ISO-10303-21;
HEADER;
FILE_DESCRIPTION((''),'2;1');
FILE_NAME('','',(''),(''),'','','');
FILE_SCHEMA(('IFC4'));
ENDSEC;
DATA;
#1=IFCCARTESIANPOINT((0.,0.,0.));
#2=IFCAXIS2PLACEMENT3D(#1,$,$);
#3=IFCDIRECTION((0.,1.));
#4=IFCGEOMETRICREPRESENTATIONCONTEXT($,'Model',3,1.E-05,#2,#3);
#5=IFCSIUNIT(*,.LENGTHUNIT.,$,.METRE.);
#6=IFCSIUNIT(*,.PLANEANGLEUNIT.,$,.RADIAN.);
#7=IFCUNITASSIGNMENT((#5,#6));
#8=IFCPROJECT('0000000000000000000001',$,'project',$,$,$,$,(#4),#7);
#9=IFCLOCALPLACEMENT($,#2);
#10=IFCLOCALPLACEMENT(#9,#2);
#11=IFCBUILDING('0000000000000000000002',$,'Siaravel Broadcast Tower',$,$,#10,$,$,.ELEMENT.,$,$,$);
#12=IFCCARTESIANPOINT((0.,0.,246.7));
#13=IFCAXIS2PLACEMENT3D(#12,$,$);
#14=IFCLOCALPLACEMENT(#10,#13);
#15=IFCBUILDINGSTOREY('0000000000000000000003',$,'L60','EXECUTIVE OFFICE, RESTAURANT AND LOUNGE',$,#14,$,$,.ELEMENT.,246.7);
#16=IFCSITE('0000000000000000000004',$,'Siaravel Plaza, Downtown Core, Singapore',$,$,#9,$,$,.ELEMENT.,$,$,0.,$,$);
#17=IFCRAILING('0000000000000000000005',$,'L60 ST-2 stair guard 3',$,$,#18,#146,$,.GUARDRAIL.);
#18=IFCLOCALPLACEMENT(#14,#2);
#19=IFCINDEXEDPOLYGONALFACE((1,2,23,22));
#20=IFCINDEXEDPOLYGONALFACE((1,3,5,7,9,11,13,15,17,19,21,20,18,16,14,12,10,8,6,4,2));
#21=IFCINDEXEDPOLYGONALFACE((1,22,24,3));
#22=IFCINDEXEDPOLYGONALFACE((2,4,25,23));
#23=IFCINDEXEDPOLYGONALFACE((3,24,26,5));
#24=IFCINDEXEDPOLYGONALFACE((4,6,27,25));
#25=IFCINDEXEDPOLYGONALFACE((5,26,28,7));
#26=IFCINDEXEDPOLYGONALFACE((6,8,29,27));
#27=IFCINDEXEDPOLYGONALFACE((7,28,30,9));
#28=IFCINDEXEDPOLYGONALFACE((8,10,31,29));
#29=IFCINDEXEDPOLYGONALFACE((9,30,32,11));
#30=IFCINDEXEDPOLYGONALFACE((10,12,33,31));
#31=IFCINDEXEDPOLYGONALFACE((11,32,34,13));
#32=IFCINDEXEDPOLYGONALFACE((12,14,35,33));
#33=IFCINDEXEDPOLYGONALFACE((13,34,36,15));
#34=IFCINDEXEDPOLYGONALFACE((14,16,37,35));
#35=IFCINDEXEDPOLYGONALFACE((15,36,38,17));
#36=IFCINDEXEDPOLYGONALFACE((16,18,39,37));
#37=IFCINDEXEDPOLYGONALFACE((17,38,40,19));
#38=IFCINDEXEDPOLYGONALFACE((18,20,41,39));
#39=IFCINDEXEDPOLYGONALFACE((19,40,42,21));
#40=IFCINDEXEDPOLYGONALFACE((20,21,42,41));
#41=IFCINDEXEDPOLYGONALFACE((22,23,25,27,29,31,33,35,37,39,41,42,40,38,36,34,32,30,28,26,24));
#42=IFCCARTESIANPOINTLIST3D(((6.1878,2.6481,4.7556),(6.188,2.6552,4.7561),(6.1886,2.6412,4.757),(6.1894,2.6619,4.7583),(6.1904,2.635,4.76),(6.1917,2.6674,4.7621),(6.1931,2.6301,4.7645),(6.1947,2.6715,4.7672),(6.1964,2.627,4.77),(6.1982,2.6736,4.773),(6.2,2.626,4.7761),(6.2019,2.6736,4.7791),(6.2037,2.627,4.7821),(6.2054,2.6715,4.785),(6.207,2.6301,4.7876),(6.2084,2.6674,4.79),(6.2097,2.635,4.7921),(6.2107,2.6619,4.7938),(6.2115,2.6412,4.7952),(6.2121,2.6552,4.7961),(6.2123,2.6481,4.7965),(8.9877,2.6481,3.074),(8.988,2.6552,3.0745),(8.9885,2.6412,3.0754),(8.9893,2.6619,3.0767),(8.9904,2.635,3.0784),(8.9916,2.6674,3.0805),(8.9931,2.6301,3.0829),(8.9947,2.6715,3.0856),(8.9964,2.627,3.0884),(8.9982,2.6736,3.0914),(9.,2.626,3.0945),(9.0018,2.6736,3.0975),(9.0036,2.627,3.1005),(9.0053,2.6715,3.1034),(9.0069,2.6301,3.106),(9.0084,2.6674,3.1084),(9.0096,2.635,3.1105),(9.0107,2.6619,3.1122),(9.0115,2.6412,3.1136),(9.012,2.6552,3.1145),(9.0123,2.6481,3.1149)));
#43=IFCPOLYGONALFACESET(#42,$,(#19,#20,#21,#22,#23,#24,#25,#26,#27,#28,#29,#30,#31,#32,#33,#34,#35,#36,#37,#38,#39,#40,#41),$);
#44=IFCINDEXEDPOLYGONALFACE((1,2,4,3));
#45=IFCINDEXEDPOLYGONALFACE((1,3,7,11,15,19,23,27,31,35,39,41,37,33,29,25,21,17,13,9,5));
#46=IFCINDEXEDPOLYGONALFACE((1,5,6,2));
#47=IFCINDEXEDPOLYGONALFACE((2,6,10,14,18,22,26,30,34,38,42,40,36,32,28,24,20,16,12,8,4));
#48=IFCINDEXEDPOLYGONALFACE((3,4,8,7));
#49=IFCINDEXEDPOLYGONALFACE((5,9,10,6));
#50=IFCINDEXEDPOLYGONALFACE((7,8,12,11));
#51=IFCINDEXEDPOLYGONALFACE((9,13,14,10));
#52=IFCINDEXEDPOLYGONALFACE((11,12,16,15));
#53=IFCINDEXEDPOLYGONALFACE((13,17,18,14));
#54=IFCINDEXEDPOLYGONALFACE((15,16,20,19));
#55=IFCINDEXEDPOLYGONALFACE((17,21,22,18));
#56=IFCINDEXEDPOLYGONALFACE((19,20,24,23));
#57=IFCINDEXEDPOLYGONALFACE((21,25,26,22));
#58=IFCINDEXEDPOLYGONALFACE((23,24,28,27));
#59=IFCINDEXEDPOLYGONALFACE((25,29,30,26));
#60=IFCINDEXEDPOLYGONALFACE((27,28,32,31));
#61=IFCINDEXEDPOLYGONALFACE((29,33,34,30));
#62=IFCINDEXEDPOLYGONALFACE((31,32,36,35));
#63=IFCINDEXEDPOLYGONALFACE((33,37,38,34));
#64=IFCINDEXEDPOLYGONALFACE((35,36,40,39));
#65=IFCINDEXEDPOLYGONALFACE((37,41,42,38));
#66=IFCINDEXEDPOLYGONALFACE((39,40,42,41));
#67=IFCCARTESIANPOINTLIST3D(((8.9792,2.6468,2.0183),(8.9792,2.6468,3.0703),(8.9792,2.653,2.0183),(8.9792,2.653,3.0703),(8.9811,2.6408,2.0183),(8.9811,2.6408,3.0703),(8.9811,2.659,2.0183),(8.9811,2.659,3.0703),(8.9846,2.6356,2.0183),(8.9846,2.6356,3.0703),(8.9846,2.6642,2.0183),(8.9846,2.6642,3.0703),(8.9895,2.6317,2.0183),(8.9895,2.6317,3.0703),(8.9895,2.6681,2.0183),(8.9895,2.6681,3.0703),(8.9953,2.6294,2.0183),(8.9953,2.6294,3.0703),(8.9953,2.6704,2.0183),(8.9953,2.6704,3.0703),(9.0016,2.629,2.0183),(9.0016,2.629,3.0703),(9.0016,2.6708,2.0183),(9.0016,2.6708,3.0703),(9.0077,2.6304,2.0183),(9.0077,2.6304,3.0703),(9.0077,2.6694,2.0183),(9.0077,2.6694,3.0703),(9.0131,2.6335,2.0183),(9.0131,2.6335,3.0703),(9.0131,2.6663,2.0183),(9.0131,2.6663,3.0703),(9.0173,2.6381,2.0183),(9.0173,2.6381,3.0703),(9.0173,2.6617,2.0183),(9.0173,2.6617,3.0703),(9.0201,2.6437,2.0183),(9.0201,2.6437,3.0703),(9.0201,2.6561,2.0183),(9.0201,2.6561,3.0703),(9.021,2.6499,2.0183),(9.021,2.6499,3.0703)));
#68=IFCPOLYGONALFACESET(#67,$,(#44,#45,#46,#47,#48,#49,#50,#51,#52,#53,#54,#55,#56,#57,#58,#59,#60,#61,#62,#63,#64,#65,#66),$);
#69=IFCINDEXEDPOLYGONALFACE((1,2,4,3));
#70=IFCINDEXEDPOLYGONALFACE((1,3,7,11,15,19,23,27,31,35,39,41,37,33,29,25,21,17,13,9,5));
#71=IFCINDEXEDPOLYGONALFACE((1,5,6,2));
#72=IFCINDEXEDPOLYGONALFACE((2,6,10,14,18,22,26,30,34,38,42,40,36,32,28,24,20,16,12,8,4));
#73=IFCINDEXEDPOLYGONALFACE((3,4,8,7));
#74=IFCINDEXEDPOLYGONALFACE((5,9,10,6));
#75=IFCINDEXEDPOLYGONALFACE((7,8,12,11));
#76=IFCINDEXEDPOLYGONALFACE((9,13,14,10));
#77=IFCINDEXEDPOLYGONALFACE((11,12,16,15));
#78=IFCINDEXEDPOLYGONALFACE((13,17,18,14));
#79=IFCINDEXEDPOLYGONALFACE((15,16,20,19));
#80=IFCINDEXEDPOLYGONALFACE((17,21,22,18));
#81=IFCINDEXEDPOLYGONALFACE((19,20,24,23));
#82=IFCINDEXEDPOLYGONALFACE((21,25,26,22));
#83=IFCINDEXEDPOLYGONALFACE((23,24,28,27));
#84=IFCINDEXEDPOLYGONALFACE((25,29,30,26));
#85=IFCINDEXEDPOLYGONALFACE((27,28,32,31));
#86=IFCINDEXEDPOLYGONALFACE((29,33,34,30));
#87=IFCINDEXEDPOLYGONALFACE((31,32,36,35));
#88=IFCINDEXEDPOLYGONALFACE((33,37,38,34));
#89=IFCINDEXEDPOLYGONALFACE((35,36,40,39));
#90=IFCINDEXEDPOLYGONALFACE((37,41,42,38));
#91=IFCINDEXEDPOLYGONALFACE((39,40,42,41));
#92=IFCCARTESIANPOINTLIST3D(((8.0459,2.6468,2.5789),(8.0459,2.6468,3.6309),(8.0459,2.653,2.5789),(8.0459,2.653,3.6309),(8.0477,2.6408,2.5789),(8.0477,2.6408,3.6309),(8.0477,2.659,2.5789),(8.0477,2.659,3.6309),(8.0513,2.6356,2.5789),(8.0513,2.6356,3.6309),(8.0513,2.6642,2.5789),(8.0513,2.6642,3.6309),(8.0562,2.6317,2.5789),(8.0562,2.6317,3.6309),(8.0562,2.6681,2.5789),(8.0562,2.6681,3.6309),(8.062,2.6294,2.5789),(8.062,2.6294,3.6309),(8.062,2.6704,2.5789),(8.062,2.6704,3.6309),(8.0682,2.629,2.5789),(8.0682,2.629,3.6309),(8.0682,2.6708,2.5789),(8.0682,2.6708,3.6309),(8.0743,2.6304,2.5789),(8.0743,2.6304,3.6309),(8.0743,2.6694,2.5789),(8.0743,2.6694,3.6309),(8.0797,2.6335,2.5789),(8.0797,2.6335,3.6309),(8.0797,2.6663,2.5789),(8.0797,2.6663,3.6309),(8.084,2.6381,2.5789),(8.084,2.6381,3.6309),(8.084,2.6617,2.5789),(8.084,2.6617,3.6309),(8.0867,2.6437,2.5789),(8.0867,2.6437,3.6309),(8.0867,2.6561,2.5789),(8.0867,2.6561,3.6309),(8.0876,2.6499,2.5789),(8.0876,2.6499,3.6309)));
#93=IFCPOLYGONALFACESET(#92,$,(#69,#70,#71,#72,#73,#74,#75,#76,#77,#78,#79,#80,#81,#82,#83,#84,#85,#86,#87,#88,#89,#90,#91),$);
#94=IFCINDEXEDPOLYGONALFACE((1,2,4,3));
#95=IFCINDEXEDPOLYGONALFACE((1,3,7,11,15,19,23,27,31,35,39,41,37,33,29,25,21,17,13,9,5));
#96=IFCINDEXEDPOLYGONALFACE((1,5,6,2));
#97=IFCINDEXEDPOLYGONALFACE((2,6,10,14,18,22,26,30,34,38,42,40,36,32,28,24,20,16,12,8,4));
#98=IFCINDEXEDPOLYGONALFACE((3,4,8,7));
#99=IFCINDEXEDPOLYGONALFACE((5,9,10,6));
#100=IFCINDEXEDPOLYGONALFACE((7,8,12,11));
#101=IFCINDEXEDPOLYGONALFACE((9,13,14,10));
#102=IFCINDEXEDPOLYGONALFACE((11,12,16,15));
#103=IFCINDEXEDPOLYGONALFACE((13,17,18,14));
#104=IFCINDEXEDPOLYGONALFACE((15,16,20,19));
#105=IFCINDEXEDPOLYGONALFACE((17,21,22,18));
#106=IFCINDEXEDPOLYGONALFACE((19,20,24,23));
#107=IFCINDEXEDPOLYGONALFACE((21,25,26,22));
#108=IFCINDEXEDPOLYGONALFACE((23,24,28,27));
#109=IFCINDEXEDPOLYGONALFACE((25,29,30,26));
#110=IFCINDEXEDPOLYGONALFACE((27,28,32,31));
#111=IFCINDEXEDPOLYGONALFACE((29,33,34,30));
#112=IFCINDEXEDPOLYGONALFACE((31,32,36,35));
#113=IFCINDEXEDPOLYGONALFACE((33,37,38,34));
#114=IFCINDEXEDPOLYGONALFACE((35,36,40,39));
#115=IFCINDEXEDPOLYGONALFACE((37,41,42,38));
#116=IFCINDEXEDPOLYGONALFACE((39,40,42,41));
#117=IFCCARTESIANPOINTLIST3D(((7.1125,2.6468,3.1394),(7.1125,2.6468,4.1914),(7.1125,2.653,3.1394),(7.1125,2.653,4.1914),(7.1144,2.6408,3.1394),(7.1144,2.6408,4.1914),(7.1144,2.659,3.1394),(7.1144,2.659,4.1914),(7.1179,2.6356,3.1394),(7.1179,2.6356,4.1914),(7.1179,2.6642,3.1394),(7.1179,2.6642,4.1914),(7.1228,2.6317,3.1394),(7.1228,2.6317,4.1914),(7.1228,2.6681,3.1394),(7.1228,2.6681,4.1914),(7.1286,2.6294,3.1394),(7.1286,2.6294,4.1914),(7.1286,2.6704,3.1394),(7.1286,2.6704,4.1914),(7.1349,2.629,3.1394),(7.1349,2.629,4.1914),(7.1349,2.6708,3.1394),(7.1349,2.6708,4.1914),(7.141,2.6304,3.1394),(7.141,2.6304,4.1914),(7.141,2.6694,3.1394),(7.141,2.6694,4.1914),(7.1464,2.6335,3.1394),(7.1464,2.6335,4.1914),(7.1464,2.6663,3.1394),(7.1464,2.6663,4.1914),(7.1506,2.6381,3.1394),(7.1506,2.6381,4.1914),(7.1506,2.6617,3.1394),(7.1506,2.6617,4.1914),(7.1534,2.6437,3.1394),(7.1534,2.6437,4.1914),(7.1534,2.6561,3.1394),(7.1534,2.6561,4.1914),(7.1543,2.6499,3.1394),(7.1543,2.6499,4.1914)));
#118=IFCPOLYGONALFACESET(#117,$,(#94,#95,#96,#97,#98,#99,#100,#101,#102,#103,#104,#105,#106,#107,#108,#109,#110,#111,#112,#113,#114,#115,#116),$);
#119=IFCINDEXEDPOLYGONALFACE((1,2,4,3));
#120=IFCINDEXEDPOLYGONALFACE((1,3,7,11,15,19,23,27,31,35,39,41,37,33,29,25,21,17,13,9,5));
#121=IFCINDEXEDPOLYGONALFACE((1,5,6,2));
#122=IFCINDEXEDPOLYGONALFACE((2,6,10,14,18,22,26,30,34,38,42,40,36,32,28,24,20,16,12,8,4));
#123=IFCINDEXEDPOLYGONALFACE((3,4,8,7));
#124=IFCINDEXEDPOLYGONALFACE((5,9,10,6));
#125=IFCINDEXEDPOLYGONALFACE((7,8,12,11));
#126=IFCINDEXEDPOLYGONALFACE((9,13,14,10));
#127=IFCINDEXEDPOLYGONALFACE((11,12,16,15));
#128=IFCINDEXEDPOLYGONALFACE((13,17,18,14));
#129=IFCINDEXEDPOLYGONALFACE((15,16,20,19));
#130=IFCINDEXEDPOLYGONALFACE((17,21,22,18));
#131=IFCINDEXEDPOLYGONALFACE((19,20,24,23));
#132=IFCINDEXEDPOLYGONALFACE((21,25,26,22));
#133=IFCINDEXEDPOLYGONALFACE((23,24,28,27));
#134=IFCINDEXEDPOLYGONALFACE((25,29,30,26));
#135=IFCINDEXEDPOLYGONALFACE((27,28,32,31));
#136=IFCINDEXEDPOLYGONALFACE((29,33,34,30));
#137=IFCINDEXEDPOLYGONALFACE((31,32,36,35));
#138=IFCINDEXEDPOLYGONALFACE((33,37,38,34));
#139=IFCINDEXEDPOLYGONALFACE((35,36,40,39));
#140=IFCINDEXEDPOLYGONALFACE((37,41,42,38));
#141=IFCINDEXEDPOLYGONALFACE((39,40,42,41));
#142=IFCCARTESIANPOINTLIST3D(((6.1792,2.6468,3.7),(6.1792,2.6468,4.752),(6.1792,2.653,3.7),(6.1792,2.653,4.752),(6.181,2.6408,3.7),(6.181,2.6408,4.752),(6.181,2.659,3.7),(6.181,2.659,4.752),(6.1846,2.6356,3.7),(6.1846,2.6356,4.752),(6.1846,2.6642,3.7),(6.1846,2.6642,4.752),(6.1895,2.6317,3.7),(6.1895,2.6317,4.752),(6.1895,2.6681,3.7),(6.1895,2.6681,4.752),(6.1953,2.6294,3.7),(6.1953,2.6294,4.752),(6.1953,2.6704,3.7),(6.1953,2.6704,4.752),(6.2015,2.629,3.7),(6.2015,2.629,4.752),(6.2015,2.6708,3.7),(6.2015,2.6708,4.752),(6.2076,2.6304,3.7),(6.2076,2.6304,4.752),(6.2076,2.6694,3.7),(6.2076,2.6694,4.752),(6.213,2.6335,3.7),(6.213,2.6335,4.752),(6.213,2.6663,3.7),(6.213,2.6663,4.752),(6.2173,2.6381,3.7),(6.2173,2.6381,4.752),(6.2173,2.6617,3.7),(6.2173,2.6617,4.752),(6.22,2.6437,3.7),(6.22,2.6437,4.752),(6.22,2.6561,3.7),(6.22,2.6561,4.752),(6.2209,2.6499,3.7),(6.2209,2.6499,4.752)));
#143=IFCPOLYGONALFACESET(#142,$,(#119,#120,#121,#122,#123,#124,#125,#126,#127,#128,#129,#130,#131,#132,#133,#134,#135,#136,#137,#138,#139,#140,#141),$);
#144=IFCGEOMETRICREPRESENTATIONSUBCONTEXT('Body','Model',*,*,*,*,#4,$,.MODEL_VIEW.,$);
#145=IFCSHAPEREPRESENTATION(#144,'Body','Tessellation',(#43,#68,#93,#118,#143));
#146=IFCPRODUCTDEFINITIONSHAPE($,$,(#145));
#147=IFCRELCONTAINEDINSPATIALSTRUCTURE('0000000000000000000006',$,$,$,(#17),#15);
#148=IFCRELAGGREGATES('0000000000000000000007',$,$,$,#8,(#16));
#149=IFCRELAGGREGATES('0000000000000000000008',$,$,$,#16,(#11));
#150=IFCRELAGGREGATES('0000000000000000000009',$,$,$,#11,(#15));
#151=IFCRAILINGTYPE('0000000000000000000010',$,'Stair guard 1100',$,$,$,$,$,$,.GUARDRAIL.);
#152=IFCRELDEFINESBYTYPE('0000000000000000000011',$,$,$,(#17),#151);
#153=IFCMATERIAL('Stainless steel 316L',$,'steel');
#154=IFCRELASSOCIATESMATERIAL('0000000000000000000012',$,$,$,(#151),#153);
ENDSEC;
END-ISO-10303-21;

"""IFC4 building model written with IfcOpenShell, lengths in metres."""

from ifc_helpers import new_model, si_unit, direction, frame, origin, origin_2d, place, context, subcontext, project, spatial, circle, extrude, material, type_object, element, save


model = new_model("IFC4")

# Units and contexts
model_context = context("Model", 3, precision=1e-05, world=origin(), true_north=direction((0.0, 1.0)))
body_context = subcontext(model_context, "Body", "Model", "MODEL_VIEW")
ifc_project = project(units=[si_unit("LENGTHUNIT", "METRE"), si_unit("PLANEANGLEUNIT", "RADIAN")], contexts=[model_context])

# Site, building, storey
site_placement = place(None, origin())
site = spatial("IfcSite", under=ifc_project, at=site_placement, Name="Siaravel Plaza, Downtown Core, Singapore", CompositionType="ELEMENT", RefElevation=0.0)
building_placement = place(site_placement, origin())
building = spatial("IfcBuilding", under=site, at=building_placement, Name="Siaravel Broadcast Tower", CompositionType="ELEMENT")
storey_placement = place(building_placement, frame((0.0, 0.0, 246.7)))
storey = spatial("IfcBuildingStorey", under=building, at=storey_placement, Name="L60", Description="EXECUTIVE OFFICE, RESTAURANT AND LOUNGE", CompositionType="ELEMENT", Elevation=246.7)

# Railing
ifc_material_1 = material(Name="Stainless steel 316L", Category="steel")
railing_type_1 = type_object("IfcRailingType", Name="Stair guard 1100", PredefinedType="GUARDRAIL", material=ifc_material_1)
railing_1_placement = place(storey_placement, frame((9.0, 2.6499, 2.0183)))
element("IfcRailing", 1, at=railing_1_placement, inside=storey, type_object=railing_type_1, Name="L60 ST-2 stair guard 3", PredefinedType="GUARDRAIL", context=body_context, shape_type="SweptSolid", body=[
    extrude(circle(Radius=0.0239, at=origin_2d()), frame((0.0, 0.0, 1.0762), z_axis=(-0.857275, 0.0, 0.514858), x_axis=(0.0, -1.0, 0.0)), (0.0, 0.0, 1.0), 3.2661),
    extrude(circle(Radius=0.021, at=origin_2d()), origin(), (0.0, 0.0, 1.0), 1.052),
    extrude(circle(Radius=0.021, at=origin_2d()), frame((-0.9333, 0.0, 0.5605)), (0.0, 0.0, 1.0), 1.052),
    extrude(circle(Radius=0.021, at=origin_2d()), frame((-1.8667, 0.0, 1.1211)), (0.0, 0.0, 1.0), 1.052),
    extrude(circle(Radius=0.021, at=origin_2d()), frame((-2.8, 0.0, 1.6816)), (0.0, 0.0, 1.0), 1.052),
])

save(model, "model.ifc")
